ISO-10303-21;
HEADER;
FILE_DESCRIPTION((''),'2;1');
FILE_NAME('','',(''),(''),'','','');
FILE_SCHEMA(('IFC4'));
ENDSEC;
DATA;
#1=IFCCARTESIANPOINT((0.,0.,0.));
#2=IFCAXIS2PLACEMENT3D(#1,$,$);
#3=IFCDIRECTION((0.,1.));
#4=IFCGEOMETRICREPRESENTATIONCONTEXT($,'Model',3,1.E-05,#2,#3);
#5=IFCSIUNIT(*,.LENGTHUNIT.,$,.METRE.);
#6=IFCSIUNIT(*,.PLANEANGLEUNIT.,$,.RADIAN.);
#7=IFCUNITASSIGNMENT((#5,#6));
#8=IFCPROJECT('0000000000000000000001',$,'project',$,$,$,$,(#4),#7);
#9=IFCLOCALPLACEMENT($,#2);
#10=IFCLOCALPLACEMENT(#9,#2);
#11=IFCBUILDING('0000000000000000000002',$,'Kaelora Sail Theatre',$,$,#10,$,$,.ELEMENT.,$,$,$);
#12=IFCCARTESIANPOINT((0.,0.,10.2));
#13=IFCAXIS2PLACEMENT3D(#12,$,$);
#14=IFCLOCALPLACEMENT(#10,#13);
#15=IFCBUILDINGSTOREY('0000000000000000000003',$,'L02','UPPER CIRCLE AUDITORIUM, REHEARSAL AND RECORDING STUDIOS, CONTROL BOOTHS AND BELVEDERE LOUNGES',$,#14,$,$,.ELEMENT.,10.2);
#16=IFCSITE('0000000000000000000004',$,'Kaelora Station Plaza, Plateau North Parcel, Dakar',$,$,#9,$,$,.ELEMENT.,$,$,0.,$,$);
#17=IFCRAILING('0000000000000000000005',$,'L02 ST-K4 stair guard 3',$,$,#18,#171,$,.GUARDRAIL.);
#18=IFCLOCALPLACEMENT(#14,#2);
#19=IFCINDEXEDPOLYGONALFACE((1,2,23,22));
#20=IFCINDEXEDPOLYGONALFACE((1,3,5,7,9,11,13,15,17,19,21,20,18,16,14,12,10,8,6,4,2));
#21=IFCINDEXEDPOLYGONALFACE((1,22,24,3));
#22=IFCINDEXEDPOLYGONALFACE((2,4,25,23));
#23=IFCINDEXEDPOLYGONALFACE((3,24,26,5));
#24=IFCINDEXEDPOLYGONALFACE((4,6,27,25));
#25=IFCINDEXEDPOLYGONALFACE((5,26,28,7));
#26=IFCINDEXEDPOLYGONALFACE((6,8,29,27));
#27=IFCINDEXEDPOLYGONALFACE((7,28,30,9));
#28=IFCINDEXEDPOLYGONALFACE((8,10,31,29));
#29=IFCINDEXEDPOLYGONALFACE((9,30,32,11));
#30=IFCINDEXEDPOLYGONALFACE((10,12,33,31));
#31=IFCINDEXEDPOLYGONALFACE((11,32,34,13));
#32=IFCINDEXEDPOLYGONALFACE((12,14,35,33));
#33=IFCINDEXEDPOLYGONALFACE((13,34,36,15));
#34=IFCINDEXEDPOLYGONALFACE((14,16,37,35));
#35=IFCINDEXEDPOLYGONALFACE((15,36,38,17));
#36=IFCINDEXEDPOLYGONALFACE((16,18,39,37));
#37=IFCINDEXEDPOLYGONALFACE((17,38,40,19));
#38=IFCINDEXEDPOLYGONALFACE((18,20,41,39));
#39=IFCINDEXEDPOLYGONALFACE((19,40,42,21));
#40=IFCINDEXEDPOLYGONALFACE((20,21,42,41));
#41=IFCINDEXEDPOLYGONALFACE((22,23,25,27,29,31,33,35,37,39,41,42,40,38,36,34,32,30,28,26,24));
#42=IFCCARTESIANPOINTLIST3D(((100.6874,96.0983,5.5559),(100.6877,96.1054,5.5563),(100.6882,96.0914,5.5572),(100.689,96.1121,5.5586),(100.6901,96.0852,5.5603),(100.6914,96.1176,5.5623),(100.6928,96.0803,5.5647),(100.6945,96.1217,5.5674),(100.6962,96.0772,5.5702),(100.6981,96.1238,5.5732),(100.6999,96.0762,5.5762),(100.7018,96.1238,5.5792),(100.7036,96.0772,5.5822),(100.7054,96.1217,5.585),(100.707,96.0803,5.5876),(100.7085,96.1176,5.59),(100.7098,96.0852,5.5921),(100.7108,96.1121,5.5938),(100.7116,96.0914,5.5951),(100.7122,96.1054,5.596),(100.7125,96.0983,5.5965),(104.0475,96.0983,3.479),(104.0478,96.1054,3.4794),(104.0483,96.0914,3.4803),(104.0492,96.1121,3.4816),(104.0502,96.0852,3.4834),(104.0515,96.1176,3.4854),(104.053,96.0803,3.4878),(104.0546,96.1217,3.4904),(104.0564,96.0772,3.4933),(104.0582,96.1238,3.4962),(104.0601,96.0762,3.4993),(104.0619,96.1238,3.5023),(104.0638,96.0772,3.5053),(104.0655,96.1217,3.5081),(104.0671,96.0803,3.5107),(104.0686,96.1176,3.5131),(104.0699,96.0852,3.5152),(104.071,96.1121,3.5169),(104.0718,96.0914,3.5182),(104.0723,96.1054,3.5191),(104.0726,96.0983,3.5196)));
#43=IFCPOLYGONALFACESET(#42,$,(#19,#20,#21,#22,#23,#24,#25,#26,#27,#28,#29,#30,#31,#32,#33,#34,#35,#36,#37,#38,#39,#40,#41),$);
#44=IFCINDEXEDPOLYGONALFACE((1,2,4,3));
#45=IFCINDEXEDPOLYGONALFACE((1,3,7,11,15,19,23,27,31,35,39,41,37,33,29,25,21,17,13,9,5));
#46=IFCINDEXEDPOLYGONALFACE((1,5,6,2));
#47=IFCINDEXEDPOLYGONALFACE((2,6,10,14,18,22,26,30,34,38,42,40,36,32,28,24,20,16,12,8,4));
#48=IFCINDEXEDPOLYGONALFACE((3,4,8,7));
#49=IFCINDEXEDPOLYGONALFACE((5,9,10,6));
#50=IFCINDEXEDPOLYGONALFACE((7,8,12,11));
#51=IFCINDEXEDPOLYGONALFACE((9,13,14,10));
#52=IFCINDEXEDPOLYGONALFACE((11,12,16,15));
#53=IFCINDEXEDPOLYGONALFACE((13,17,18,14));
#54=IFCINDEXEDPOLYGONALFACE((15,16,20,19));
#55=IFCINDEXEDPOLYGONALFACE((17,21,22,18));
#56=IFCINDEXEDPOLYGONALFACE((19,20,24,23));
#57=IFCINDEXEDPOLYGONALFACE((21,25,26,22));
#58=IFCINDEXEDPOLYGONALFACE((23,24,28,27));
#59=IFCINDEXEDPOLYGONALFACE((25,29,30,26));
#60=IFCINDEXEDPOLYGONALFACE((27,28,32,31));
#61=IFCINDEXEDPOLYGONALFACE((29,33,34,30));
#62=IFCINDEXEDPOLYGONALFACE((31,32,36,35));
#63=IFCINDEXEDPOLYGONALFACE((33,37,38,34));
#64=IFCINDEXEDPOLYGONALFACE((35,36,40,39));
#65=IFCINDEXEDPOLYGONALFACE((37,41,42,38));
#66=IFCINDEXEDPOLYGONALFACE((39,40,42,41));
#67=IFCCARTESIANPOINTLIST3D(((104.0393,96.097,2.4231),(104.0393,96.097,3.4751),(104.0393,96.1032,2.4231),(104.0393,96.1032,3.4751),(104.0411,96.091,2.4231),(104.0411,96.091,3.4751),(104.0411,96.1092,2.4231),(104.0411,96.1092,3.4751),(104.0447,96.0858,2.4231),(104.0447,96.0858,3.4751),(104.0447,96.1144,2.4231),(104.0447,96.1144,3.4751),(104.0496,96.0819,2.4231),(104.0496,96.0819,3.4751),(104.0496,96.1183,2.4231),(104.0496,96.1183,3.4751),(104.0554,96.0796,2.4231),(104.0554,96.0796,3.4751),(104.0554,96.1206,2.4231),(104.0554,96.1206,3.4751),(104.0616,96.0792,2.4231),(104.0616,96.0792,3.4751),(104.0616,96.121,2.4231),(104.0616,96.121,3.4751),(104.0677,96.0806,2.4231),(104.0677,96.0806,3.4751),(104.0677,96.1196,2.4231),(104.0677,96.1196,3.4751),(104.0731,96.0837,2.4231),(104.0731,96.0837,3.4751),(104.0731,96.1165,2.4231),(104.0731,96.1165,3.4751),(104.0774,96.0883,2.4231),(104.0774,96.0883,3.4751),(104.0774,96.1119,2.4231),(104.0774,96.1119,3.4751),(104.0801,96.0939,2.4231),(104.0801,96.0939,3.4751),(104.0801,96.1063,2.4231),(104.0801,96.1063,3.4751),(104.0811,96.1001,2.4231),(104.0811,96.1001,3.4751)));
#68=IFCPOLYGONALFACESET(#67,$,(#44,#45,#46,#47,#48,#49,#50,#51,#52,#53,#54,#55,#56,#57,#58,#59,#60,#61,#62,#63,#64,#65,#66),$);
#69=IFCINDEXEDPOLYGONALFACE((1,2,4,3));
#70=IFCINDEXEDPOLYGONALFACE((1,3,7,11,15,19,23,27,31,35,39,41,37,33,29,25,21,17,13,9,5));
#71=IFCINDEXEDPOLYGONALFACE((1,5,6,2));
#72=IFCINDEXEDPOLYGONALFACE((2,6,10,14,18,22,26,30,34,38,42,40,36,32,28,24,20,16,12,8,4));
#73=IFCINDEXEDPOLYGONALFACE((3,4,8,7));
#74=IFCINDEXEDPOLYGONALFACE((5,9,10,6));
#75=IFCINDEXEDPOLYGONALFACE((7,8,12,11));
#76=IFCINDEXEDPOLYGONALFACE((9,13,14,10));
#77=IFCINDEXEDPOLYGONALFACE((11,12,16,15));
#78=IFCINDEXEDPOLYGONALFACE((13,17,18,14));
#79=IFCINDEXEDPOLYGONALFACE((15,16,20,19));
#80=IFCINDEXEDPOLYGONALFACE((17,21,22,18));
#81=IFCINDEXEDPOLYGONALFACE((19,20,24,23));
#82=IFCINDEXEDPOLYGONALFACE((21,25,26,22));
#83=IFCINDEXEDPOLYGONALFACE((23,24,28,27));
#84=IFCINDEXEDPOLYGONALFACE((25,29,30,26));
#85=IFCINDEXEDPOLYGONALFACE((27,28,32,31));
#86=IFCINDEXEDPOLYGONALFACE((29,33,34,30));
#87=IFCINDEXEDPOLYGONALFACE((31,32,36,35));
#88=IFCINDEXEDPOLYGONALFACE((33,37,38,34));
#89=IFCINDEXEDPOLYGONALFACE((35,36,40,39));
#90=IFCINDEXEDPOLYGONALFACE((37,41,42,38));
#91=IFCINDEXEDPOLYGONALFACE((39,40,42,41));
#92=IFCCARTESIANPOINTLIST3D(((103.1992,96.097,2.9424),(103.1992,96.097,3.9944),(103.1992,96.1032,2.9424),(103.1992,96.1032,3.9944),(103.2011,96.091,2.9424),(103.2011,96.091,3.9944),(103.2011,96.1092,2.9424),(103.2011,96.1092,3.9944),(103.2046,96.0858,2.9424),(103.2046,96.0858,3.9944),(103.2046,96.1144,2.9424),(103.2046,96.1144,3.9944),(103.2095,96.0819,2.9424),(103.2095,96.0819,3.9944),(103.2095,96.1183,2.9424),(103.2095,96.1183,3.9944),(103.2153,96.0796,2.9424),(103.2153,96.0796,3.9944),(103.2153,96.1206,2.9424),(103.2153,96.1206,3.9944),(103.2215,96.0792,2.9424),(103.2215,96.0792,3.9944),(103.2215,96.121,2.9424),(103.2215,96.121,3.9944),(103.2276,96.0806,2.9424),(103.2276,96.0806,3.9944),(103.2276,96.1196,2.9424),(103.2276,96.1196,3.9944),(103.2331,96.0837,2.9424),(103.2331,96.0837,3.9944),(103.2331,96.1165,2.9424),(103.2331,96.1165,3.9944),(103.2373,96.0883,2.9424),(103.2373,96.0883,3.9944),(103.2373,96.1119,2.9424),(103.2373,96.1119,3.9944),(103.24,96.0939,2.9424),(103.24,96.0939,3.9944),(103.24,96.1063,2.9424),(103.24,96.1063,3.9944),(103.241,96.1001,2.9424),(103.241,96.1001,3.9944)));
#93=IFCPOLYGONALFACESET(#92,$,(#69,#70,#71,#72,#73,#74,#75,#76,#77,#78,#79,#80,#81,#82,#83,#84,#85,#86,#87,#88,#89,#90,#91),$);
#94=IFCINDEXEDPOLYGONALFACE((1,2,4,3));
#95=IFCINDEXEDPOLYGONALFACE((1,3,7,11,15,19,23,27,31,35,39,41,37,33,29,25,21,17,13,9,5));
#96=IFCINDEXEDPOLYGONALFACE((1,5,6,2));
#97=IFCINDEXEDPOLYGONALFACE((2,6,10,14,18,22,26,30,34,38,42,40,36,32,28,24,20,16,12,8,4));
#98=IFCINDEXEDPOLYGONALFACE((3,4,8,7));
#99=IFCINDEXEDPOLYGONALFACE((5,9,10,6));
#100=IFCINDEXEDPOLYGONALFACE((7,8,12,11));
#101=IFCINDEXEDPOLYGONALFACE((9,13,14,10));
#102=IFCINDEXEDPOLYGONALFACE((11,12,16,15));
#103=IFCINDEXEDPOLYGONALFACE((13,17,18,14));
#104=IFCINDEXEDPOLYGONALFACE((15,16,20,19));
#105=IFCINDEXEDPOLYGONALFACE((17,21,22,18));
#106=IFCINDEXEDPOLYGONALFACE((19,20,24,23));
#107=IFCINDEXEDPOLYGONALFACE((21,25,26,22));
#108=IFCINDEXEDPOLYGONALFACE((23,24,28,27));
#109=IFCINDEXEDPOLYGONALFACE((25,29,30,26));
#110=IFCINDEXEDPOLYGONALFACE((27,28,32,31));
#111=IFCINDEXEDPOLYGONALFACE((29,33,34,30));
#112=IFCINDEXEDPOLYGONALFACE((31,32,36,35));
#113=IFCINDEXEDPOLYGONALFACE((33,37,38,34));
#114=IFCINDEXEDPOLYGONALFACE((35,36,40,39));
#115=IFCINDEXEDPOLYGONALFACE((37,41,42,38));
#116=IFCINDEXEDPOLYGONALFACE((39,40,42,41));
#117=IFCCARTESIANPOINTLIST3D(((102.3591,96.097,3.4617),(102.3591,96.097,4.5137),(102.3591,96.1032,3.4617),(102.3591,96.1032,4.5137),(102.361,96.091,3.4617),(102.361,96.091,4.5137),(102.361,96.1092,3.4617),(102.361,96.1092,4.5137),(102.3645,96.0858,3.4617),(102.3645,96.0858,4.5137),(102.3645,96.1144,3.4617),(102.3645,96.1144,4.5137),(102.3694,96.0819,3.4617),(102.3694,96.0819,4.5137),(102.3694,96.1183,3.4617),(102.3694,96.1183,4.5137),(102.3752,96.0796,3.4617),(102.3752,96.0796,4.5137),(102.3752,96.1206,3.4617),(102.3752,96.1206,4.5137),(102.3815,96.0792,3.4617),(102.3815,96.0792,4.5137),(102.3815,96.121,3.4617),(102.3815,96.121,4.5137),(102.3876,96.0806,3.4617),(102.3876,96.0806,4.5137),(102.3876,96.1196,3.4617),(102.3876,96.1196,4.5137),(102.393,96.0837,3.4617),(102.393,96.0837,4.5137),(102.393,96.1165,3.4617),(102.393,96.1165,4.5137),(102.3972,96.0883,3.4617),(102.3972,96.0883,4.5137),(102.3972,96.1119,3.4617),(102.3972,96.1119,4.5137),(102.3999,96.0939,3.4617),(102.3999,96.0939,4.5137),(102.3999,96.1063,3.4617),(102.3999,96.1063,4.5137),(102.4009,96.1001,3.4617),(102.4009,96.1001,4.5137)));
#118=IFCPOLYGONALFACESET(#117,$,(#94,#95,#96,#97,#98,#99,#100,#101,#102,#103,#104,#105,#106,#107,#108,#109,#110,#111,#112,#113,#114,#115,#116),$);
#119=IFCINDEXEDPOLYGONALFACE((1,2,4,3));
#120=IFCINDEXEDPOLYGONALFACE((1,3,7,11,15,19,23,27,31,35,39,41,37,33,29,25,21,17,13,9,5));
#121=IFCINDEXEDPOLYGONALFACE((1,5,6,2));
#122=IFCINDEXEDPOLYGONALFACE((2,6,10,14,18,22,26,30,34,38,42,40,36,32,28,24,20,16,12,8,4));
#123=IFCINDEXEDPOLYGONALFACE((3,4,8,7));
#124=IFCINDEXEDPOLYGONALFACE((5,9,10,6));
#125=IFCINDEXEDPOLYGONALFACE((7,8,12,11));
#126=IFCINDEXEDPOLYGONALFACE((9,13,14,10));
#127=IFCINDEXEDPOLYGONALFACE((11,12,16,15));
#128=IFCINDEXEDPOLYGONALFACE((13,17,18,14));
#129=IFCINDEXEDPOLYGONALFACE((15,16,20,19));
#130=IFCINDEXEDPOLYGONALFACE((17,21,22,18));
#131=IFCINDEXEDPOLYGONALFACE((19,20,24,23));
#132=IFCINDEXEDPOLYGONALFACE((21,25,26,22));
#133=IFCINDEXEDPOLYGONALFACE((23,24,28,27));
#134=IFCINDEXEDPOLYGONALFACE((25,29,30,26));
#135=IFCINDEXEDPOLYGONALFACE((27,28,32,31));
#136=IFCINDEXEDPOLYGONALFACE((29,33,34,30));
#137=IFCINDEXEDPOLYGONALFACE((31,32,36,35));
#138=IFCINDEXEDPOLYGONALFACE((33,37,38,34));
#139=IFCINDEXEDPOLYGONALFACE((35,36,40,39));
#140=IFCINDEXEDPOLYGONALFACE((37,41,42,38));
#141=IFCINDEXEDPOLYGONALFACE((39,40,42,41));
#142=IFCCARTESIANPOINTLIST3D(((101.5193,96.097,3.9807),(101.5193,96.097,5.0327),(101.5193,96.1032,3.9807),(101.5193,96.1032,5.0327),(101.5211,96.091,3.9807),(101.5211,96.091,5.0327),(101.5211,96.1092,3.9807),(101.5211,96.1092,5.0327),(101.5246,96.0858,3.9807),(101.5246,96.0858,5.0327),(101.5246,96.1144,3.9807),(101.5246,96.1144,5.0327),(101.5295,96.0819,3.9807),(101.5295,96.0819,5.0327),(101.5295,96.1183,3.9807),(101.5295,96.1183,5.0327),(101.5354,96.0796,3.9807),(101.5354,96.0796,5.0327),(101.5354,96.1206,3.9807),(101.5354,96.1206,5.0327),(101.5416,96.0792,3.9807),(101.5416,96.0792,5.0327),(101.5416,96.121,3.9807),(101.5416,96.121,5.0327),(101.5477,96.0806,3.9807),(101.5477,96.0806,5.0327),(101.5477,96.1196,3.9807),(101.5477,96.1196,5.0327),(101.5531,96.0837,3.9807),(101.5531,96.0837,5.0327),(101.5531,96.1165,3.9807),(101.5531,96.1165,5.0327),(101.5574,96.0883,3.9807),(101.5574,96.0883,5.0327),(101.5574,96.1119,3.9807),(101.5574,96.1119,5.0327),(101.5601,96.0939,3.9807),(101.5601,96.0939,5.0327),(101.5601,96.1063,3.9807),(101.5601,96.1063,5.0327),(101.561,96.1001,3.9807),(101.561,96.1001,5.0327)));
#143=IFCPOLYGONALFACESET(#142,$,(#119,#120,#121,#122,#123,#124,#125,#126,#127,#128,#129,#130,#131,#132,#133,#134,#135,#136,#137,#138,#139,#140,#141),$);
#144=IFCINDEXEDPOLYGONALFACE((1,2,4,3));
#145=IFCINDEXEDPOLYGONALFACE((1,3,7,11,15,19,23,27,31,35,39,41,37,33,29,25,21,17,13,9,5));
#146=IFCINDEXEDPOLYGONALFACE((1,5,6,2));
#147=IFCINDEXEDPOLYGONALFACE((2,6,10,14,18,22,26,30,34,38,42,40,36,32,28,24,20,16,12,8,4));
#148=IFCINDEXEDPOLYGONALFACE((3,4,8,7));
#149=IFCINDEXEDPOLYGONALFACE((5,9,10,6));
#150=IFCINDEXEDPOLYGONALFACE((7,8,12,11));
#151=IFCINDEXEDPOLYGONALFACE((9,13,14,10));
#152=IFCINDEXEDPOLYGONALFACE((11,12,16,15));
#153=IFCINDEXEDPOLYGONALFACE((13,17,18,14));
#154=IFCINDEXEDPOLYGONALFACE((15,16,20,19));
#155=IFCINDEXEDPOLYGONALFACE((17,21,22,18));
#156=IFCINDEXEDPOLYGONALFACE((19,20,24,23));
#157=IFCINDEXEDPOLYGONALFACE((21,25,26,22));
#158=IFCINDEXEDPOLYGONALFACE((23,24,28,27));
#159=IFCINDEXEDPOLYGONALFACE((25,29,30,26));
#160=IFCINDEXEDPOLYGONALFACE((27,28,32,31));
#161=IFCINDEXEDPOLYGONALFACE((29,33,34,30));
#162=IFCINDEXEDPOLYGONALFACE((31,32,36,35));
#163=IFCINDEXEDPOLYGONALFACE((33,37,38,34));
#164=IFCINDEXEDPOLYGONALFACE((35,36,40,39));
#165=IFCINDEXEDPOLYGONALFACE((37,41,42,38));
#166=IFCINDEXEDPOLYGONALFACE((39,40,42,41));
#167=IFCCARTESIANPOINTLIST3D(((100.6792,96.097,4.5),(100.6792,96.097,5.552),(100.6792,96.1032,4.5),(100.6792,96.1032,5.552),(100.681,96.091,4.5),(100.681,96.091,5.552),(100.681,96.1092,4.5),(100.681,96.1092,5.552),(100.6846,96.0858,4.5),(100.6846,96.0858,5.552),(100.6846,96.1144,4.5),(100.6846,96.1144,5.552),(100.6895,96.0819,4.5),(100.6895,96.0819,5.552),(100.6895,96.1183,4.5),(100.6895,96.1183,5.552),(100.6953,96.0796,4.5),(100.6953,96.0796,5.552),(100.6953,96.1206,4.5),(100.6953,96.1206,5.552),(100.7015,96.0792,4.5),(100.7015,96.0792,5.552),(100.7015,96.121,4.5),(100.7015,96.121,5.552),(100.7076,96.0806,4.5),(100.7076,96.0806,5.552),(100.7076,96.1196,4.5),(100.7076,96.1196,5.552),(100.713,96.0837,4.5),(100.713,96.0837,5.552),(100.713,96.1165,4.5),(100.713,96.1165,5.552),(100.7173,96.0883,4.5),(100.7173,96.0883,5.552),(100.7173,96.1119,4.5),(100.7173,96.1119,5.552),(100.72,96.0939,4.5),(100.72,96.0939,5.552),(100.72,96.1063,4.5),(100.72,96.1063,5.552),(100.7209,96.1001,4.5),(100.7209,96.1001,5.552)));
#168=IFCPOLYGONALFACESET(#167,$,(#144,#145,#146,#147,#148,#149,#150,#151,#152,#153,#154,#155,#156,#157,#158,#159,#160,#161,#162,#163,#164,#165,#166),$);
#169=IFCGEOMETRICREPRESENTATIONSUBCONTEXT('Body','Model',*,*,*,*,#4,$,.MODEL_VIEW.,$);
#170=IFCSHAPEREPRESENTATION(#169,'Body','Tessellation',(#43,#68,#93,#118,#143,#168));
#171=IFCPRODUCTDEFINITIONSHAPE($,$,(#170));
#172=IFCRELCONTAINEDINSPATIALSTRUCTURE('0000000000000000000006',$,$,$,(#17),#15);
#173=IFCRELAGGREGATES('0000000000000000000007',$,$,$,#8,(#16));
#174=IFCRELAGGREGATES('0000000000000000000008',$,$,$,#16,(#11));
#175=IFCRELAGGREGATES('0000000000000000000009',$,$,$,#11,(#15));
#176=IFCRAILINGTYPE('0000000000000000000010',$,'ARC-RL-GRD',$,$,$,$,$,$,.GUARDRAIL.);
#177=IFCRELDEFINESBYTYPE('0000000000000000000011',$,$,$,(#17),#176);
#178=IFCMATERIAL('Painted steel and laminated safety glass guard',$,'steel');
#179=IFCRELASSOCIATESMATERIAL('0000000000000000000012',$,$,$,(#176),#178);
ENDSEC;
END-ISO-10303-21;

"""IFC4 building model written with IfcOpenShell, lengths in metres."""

from ifc_helpers import new_model, si_unit, direction, frame, origin, origin_2d, place, context, subcontext, project, spatial, circle, extrude, material, type_object, element, save


model = new_model("IFC4")

# Units and contexts
model_context = context("Model", 3, precision=1e-05, world=origin(), true_north=direction((0.0, 1.0)))
body_context = subcontext(model_context, "Body", "Model", "MODEL_VIEW")
ifc_project = project(units=[si_unit("LENGTHUNIT", "METRE"), si_unit("PLANEANGLEUNIT", "RADIAN")], contexts=[model_context])

# Site, building, storey
site_placement = place(None, origin())
site = spatial("IfcSite", under=ifc_project, at=site_placement, Name="Kaelora Station Plaza, Plateau North Parcel, Dakar", CompositionType="ELEMENT", RefElevation=0.0)
building_placement = place(site_placement, origin())
building = spatial("IfcBuilding", under=site, at=building_placement, Name="Kaelora Sail Theatre", CompositionType="ELEMENT")
storey_placement = place(building_placement, frame((0.0, 0.0, 10.2)))
storey = spatial("IfcBuildingStorey", under=building, at=storey_placement, Name="L02", Description="UPPER CIRCLE AUDITORIUM, REHEARSAL AND RECORDING STUDIOS, CONTROL BOOTHS AND BELVEDERE LOUNGES", CompositionType="ELEMENT", Elevation=10.2)

# Railing
ifc_material_1 = material(Name="Painted steel and laminated safety glass guard", Category="steel")
railing_type_1 = type_object("IfcRailingType", Name="ARC-RL-GRD", PredefinedType="GUARDRAIL", material=ifc_material_1)
railing_1_placement = place(storey_placement, frame((104.0601, 96.1001, 2.4231)))
element("IfcRailing", 1, at=railing_1_placement, inside=storey, type_object=railing_type_1, Name="L02 ST-K4 stair guard 3", PredefinedType="GUARDRAIL", context=body_context, shape_type="SweptSolid", body=[
    extrude(circle(Radius=0.0239, at=origin_2d()), frame((0.0, 0.0, 1.0762), z_axis=(-0.850623, 0.0, 0.525776), x_axis=(0.0, -1.0, 0.0)), (0.0, 0.0, 1.0), 3.9502),
    extrude(circle(Radius=0.021, at=origin_2d()), origin(), (0.0, 0.0, 1.0), 1.052),
    extrude(circle(Radius=0.021, at=origin_2d()), frame((-0.8401, 0.0, 0.5193)), (0.0, 0.0, 1.0), 1.052),
    extrude(circle(Radius=0.021, at=origin_2d()), frame((-1.6802, 0.0, 1.0386)), (0.0, 0.0, 1.0), 1.052),
    extrude(circle(Radius=0.021, at=origin_2d()), frame((-2.52, 0.0, 1.5576)), (0.0, 0.0, 1.0), 1.052),
    extrude(circle(Radius=0.021, at=origin_2d()), frame((-3.3601, 0.0, 2.0769)), (0.0, 0.0, 1.0), 1.052),
])

save(model, "model.ifc")
